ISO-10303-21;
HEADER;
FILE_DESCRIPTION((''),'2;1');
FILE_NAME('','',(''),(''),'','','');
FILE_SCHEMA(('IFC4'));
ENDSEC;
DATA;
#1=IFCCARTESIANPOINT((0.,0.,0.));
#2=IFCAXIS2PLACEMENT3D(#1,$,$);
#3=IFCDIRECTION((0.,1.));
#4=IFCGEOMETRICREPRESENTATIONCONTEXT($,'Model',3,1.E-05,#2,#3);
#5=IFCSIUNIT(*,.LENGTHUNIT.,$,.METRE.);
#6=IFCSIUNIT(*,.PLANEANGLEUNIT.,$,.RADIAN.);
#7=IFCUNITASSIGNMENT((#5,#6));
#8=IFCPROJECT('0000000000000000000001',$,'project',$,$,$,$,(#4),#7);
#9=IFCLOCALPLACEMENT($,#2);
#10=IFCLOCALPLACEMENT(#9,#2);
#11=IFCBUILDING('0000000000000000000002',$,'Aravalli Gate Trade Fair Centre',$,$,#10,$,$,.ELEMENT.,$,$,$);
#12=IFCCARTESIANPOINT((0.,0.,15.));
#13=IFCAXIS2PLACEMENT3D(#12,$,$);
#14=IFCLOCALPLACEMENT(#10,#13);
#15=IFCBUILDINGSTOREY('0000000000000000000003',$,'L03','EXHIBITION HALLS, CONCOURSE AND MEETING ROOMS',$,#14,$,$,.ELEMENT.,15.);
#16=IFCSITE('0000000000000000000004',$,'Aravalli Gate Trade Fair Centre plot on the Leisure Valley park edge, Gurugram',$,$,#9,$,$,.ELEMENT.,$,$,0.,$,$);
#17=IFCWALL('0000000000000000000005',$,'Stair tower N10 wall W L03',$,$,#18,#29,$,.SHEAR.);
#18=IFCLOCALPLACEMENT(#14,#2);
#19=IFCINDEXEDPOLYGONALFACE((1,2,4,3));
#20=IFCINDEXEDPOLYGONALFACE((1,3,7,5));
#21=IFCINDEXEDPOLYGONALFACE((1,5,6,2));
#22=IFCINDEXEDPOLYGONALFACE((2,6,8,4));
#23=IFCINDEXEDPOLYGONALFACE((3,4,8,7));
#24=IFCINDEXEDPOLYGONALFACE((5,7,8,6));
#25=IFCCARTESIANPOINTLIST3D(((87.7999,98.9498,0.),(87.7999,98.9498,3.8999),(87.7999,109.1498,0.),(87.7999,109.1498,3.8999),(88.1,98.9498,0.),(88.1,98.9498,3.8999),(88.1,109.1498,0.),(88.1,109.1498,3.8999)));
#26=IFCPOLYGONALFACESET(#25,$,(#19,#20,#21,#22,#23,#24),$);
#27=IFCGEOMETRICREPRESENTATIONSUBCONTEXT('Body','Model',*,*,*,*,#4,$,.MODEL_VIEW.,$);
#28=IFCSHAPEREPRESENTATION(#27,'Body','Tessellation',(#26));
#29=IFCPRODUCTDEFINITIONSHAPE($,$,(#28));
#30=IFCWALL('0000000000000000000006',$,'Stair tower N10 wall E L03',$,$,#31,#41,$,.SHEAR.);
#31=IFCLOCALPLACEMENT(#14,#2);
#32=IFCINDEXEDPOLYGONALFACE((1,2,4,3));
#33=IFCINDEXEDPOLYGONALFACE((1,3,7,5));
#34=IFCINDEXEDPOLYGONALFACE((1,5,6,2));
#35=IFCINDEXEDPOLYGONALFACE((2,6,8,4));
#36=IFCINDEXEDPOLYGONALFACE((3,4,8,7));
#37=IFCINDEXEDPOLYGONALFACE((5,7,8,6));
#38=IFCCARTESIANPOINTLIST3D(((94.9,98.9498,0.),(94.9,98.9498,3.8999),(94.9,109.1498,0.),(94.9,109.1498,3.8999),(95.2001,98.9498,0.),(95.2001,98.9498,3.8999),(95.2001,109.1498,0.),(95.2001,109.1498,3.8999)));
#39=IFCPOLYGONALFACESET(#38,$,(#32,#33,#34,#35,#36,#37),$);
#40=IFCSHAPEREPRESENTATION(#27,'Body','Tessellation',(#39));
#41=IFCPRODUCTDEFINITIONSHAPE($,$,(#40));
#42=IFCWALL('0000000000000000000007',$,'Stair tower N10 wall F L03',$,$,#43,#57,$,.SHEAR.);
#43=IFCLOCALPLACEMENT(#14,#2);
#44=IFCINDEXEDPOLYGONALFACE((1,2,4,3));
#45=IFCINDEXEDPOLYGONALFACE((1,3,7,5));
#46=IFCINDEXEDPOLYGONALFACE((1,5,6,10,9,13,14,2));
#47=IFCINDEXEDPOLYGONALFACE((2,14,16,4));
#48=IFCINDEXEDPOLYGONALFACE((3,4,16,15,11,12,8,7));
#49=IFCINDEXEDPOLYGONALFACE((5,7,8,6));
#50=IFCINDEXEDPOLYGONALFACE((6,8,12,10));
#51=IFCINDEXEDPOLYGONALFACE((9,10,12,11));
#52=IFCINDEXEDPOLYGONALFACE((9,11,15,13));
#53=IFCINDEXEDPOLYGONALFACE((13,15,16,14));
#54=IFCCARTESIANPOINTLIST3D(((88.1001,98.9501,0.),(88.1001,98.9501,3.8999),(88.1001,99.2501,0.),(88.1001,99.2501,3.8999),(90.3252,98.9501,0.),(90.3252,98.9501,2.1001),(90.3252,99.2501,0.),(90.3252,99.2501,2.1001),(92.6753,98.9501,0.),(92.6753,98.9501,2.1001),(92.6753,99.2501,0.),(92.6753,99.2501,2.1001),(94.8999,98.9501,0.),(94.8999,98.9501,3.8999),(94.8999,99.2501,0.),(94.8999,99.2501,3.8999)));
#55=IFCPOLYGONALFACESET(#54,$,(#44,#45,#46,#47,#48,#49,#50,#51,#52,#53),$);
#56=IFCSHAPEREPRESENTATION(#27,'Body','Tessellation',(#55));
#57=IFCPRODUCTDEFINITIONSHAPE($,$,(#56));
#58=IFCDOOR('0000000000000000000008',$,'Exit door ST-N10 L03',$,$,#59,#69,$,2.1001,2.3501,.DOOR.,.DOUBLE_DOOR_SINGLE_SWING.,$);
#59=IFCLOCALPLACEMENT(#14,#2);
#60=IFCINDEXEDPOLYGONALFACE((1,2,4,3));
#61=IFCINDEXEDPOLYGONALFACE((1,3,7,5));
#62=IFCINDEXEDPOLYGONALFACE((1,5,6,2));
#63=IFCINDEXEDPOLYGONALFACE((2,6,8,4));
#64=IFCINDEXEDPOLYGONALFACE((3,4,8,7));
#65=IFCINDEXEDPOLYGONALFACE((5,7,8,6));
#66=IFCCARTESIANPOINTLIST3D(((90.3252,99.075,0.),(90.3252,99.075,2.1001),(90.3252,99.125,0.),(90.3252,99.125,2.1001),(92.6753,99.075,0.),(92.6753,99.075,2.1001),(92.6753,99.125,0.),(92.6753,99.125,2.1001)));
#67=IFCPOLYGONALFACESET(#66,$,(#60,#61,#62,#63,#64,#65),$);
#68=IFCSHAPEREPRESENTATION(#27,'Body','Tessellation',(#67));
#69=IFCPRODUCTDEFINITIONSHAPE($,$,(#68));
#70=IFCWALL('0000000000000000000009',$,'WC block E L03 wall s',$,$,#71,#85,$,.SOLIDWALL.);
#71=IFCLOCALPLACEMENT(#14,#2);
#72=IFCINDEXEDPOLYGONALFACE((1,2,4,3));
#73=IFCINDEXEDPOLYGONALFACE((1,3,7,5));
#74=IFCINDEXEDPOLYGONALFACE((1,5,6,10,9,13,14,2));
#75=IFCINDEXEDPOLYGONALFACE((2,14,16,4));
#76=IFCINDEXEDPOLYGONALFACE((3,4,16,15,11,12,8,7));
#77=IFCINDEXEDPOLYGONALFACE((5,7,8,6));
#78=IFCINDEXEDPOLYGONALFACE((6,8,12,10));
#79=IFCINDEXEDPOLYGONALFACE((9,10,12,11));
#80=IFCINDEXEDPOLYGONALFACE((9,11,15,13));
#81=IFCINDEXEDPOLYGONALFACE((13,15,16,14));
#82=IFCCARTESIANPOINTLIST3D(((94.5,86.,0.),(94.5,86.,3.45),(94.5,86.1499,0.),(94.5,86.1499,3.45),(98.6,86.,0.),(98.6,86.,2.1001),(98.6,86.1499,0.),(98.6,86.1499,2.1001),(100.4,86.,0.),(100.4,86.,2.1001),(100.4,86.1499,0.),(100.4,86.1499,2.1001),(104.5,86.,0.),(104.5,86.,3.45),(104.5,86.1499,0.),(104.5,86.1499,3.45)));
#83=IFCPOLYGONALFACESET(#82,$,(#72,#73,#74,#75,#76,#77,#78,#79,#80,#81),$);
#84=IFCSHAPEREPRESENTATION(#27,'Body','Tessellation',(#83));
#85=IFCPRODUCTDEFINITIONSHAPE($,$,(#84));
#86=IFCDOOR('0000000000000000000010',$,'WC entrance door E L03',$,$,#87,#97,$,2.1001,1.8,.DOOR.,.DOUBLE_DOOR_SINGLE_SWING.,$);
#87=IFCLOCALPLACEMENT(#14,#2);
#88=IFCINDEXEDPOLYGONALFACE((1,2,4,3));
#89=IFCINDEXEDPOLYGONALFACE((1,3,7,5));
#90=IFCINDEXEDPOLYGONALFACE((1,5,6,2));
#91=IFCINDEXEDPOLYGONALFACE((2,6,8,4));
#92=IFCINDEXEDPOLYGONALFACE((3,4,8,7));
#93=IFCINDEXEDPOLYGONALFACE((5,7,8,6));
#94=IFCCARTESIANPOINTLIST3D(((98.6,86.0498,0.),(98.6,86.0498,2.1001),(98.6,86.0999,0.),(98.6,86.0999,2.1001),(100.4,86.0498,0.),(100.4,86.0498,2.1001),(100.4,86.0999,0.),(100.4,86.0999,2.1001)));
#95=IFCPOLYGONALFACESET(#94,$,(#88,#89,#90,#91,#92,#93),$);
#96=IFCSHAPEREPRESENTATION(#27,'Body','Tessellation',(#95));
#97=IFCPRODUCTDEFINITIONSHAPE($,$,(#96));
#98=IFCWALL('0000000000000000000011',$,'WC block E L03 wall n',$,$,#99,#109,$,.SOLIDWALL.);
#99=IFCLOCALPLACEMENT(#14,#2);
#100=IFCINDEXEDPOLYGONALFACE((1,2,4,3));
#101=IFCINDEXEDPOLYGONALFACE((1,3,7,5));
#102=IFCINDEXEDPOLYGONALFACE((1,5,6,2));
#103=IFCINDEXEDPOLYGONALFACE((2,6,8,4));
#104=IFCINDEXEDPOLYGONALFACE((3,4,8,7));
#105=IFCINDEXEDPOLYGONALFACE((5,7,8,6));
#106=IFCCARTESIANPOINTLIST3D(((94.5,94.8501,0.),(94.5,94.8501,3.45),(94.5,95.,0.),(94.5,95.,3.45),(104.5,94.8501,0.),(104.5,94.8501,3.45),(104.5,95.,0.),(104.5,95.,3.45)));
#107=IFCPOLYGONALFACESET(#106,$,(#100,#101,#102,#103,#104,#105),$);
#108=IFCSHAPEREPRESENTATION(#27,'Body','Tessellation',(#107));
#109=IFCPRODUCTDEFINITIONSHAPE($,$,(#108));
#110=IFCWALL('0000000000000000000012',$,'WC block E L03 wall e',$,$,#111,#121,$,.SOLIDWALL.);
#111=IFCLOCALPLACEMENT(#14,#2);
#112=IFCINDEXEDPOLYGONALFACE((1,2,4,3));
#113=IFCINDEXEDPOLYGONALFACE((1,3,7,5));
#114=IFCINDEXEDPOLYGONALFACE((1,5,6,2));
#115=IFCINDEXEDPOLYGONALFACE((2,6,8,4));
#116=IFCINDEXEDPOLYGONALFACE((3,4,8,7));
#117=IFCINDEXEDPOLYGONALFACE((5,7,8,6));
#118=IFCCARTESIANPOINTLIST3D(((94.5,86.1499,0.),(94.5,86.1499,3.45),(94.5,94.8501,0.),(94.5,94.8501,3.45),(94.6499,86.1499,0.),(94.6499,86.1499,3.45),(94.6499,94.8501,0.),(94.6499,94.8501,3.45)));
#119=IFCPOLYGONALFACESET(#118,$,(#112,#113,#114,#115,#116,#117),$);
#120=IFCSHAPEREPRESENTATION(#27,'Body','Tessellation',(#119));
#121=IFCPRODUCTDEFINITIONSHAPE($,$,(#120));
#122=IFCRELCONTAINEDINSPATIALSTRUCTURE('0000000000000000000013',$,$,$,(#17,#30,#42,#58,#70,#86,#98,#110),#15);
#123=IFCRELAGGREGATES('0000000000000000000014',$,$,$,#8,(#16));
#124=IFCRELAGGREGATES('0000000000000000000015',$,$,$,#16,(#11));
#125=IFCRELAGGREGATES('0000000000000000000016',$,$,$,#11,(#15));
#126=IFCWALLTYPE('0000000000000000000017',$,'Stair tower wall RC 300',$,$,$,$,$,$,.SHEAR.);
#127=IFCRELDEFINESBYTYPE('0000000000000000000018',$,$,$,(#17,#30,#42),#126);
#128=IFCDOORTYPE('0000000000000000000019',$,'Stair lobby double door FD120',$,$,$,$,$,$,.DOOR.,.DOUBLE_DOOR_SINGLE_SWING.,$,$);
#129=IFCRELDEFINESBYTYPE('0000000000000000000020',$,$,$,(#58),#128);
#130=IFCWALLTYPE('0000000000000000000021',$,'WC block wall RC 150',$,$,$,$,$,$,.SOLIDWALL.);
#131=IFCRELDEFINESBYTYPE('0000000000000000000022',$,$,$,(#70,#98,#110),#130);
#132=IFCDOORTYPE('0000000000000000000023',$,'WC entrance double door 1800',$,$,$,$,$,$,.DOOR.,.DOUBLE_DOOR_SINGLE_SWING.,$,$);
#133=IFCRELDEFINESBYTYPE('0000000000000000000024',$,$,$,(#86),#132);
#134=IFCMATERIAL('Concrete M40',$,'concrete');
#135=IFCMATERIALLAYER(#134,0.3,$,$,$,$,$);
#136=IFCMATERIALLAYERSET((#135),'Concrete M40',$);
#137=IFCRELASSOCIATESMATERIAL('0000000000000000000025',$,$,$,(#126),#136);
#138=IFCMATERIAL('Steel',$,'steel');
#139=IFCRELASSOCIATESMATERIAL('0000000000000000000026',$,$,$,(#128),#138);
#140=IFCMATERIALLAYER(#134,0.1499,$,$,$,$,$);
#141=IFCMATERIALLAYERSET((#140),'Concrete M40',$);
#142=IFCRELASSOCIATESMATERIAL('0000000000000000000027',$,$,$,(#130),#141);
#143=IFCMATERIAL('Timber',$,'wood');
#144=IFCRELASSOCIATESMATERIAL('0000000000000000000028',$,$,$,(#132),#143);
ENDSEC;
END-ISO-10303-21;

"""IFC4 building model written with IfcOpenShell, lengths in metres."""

from ifc_helpers import new_model, si_unit, direction, frame, frame_2d, origin, place, context, subcontext, project, spatial, rectangle, extrude, material, layer, layer_set, type_object, element, fill, save


model = new_model("IFC4")

# Units and contexts
model_context = context("Model", 3, precision=1e-05, world=origin(), true_north=direction((0.0, 1.0)))
body_context = subcontext(model_context, "Body", "Model", "MODEL_VIEW")
ifc_project = project(units=[si_unit("LENGTHUNIT", "METRE"), si_unit("PLANEANGLEUNIT", "RADIAN")], contexts=[model_context])

# Site, building, storey
site_placement = place(None, origin())
site = spatial("IfcSite", under=ifc_project, at=site_placement, Name="Aravalli Gate Trade Fair Centre plot on the Leisure Valley park edge, Gurugram", CompositionType="ELEMENT", RefElevation=0.0)
building_placement = place(site_placement, origin())
building = spatial("IfcBuilding", under=site, at=building_placement, Name="Aravalli Gate Trade Fair Centre", CompositionType="ELEMENT")
storey_placement = place(building_placement, frame((0.0, 0.0, 15.0)))
storey = spatial("IfcBuildingStorey", under=building, at=storey_placement, Name="L03", Description="EXHIBITION HALLS, CONCOURSE AND MEETING ROOMS", CompositionType="ELEMENT", Elevation=15.0)

# Shared definitions
ifc_material_1 = material(Name="Concrete M40", Category="concrete")
ifc_layer_1 = layer(ifc_material_1, 0.3)
ifc_layer_set_1 = layer_set([ifc_layer_1], Name="Concrete M40")
wall_type_1 = type_object("IfcWallType", Name="Stair tower wall RC 300", PredefinedType="SHEAR", material=ifc_layer_set_1)
ifc_material_2 = material(Name="Steel", Category="steel")
door_type_1 = type_object("IfcDoorType", Name="Stair lobby double door FD120", OperationType="DOUBLE_DOOR_SINGLE_SWING", PredefinedType="DOOR", material=ifc_material_2)

# Walls
for number, where, z_axis, x_axis, name in (
    (1, (87.95, 109.1499, 0.0), (0.0, 0.0, 1.0), (0.0, -1.0, 0.0), "Stair tower N10 wall W L03"),
    (2, (95.05, 109.1499, 0.0), (0.0, 0.0, 1.0), (0.0, -1.0, 0.0), "Stair tower N10 wall E L03"),
):
    element("IfcWall", number, at=place(storey_placement, frame(where, z_axis=z_axis, x_axis=x_axis)), inside=storey, type_object=wall_type_1, Name=name, PredefinedType="SHEAR", context=body_context, shape_type="SweptSolid", body=[
        extrude(rectangle(XDim=10.2, YDim=0.3, at=frame_2d((5.1001, 0.0))), origin(), (0.0, 0.0, 1.0), 3.8999),
    ])

# Walls, openings, doors
wall_1_placement = place(storey_placement, frame((88.1001, 99.1001, 0.0), z_axis=(0.0, 0.0, 1.0), x_axis=(1.0, 0.0, 0.0)))
wall_1 = element("IfcWall", 3, at=wall_1_placement, inside=storey, type_object=wall_type_1, Name="Stair tower N10 wall F L03", PredefinedType="SHEAR", context=body_context, shape_type="SweptSolid", body=[
    extrude(rectangle(XDim=6.7998, YDim=0.3, at=frame_2d((3.3999, 0.0))), origin(), (0.0, 0.0, 1.0), 3.8999),
])
opening_1_placement = place(wall_1_placement, frame((2.2251, 0.0, 0.0)))
opening_1 = element("IfcOpeningElement", 4, at=opening_1_placement, cuts=wall_1, PredefinedType="OPENING", context=body_context, shape_type="SweptSolid", body=[
    extrude(rectangle(XDim=2.3501, YDim=2.1001, at=frame_2d((1.175, 1.05))), frame((0.0, 0.1599, 0.0), z_axis=(0.0, -1.0, 0.0), x_axis=(1.0, 0.0, 0.0)), (0.0, 0.0, 1.0), 0.3201),
])
door_1_placement = place(opening_1_placement, origin())
door_1 = element("IfcDoor", 5, at=door_1_placement, inside=storey, type_object=door_type_1, Name="Exit door ST-N10 L03", OperationType="DOUBLE_DOOR_SINGLE_SWING", OverallHeight=2.1001, OverallWidth=2.3501, PredefinedType="DOOR", context=body_context, shape_type="SweptSolid", body=[
    extrude(rectangle(XDim=2.3501, YDim=2.1001, at=frame_2d((1.175, 1.05))), frame((0.0, 0.0249, 0.0), z_axis=(0.0, -1.0, 0.0), x_axis=(1.0, 0.0, 0.0)), (0.0, 0.0, 1.0), 0.05),
])
fill(opening_1, door_1)
ifc_layer_2 = layer(ifc_material_1, 0.1499)
ifc_layer_set_2 = layer_set([ifc_layer_2], Name="Concrete M40")
wall_type_2 = type_object("IfcWallType", Name="WC block wall RC 150", PredefinedType="SOLIDWALL", material=ifc_layer_set_2)
wall_2_placement = place(storey_placement, frame((94.5, 86.075, 0.0), z_axis=(0.0, 0.0, 1.0), x_axis=(1.0, 0.0, 0.0)))
wall_2 = element("IfcWall", 6, at=wall_2_placement, inside=storey, type_object=wall_type_2, Name="WC block E L03 wall s", PredefinedType="SOLIDWALL", context=body_context, shape_type="SweptSolid", body=[
    extrude(rectangle(XDim=10.0, YDim=0.1499, at=frame_2d((5.0, 0.0))), origin(), (0.0, 0.0, 1.0), 3.45),
])
opening_2_placement = place(wall_2_placement, frame((4.1001, 0.0, 0.0)))
opening_2 = element("IfcOpeningElement", 7, at=opening_2_placement, cuts=wall_2, PredefinedType="OPENING", context=body_context, shape_type="SweptSolid", body=[
    extrude(rectangle(XDim=1.8, YDim=2.1001, at=frame_2d((0.8999, 1.05))), frame((0.0, 0.085, 0.0), z_axis=(0.0, -1.0, 0.0), x_axis=(1.0, 0.0, 0.0)), (0.0, 0.0, 1.0), 0.1699),
])
ifc_material_3 = material(Name="Timber", Category="wood")
door_type_2 = type_object("IfcDoorType", Name="WC entrance double door 1800", OperationType="DOUBLE_DOOR_SINGLE_SWING", PredefinedType="DOOR", material=ifc_material_3)
door_2_placement = place(opening_2_placement, origin())
door_2 = element("IfcDoor", 8, at=door_2_placement, inside=storey, type_object=door_type_2, Name="WC entrance door E L03", OperationType="DOUBLE_DOOR_SINGLE_SWING", OverallHeight=2.1001, OverallWidth=1.8, PredefinedType="DOOR", context=body_context, shape_type="SweptSolid", body=[
    extrude(rectangle(XDim=1.8, YDim=2.1001, at=frame_2d((0.8999, 1.05))), frame((0.0, 0.0249, 0.0), z_axis=(0.0, -1.0, 0.0), x_axis=(1.0, 0.0, 0.0)), (0.0, 0.0, 1.0), 0.05),
])
fill(opening_2, door_2)

# Walls
wall_3_placement = place(storey_placement, frame((94.5, 94.925, 0.0), z_axis=(0.0, 0.0, 1.0), x_axis=(1.0, 0.0, 0.0)))
element("IfcWall", 9, at=wall_3_placement, inside=storey, type_object=wall_type_2, Name="WC block E L03 wall n", PredefinedType="SOLIDWALL", context=body_context, shape_type="SweptSolid", body=[
    extrude(rectangle(XDim=10.0, YDim=0.1499, at=frame_2d((5.0, 0.0))), origin(), (0.0, 0.0, 1.0), 3.45),
])
wall_4_placement = place(storey_placement, frame((94.575, 86.1499, 0.0), z_axis=(0.0, 0.0, 1.0), x_axis=(0.0, 1.0, 0.0)))
element("IfcWall", 10, at=wall_4_placement, inside=storey, type_object=wall_type_2, Name="WC block E L03 wall e", PredefinedType="SOLIDWALL", context=body_context, shape_type="SweptSolid", body=[
    extrude(rectangle(XDim=8.7002, YDim=0.1499, at=frame_2d((4.3501, 0.0))), origin(), (0.0, 0.0, 1.0), 3.45),
])

save(model, "model.ifc")
